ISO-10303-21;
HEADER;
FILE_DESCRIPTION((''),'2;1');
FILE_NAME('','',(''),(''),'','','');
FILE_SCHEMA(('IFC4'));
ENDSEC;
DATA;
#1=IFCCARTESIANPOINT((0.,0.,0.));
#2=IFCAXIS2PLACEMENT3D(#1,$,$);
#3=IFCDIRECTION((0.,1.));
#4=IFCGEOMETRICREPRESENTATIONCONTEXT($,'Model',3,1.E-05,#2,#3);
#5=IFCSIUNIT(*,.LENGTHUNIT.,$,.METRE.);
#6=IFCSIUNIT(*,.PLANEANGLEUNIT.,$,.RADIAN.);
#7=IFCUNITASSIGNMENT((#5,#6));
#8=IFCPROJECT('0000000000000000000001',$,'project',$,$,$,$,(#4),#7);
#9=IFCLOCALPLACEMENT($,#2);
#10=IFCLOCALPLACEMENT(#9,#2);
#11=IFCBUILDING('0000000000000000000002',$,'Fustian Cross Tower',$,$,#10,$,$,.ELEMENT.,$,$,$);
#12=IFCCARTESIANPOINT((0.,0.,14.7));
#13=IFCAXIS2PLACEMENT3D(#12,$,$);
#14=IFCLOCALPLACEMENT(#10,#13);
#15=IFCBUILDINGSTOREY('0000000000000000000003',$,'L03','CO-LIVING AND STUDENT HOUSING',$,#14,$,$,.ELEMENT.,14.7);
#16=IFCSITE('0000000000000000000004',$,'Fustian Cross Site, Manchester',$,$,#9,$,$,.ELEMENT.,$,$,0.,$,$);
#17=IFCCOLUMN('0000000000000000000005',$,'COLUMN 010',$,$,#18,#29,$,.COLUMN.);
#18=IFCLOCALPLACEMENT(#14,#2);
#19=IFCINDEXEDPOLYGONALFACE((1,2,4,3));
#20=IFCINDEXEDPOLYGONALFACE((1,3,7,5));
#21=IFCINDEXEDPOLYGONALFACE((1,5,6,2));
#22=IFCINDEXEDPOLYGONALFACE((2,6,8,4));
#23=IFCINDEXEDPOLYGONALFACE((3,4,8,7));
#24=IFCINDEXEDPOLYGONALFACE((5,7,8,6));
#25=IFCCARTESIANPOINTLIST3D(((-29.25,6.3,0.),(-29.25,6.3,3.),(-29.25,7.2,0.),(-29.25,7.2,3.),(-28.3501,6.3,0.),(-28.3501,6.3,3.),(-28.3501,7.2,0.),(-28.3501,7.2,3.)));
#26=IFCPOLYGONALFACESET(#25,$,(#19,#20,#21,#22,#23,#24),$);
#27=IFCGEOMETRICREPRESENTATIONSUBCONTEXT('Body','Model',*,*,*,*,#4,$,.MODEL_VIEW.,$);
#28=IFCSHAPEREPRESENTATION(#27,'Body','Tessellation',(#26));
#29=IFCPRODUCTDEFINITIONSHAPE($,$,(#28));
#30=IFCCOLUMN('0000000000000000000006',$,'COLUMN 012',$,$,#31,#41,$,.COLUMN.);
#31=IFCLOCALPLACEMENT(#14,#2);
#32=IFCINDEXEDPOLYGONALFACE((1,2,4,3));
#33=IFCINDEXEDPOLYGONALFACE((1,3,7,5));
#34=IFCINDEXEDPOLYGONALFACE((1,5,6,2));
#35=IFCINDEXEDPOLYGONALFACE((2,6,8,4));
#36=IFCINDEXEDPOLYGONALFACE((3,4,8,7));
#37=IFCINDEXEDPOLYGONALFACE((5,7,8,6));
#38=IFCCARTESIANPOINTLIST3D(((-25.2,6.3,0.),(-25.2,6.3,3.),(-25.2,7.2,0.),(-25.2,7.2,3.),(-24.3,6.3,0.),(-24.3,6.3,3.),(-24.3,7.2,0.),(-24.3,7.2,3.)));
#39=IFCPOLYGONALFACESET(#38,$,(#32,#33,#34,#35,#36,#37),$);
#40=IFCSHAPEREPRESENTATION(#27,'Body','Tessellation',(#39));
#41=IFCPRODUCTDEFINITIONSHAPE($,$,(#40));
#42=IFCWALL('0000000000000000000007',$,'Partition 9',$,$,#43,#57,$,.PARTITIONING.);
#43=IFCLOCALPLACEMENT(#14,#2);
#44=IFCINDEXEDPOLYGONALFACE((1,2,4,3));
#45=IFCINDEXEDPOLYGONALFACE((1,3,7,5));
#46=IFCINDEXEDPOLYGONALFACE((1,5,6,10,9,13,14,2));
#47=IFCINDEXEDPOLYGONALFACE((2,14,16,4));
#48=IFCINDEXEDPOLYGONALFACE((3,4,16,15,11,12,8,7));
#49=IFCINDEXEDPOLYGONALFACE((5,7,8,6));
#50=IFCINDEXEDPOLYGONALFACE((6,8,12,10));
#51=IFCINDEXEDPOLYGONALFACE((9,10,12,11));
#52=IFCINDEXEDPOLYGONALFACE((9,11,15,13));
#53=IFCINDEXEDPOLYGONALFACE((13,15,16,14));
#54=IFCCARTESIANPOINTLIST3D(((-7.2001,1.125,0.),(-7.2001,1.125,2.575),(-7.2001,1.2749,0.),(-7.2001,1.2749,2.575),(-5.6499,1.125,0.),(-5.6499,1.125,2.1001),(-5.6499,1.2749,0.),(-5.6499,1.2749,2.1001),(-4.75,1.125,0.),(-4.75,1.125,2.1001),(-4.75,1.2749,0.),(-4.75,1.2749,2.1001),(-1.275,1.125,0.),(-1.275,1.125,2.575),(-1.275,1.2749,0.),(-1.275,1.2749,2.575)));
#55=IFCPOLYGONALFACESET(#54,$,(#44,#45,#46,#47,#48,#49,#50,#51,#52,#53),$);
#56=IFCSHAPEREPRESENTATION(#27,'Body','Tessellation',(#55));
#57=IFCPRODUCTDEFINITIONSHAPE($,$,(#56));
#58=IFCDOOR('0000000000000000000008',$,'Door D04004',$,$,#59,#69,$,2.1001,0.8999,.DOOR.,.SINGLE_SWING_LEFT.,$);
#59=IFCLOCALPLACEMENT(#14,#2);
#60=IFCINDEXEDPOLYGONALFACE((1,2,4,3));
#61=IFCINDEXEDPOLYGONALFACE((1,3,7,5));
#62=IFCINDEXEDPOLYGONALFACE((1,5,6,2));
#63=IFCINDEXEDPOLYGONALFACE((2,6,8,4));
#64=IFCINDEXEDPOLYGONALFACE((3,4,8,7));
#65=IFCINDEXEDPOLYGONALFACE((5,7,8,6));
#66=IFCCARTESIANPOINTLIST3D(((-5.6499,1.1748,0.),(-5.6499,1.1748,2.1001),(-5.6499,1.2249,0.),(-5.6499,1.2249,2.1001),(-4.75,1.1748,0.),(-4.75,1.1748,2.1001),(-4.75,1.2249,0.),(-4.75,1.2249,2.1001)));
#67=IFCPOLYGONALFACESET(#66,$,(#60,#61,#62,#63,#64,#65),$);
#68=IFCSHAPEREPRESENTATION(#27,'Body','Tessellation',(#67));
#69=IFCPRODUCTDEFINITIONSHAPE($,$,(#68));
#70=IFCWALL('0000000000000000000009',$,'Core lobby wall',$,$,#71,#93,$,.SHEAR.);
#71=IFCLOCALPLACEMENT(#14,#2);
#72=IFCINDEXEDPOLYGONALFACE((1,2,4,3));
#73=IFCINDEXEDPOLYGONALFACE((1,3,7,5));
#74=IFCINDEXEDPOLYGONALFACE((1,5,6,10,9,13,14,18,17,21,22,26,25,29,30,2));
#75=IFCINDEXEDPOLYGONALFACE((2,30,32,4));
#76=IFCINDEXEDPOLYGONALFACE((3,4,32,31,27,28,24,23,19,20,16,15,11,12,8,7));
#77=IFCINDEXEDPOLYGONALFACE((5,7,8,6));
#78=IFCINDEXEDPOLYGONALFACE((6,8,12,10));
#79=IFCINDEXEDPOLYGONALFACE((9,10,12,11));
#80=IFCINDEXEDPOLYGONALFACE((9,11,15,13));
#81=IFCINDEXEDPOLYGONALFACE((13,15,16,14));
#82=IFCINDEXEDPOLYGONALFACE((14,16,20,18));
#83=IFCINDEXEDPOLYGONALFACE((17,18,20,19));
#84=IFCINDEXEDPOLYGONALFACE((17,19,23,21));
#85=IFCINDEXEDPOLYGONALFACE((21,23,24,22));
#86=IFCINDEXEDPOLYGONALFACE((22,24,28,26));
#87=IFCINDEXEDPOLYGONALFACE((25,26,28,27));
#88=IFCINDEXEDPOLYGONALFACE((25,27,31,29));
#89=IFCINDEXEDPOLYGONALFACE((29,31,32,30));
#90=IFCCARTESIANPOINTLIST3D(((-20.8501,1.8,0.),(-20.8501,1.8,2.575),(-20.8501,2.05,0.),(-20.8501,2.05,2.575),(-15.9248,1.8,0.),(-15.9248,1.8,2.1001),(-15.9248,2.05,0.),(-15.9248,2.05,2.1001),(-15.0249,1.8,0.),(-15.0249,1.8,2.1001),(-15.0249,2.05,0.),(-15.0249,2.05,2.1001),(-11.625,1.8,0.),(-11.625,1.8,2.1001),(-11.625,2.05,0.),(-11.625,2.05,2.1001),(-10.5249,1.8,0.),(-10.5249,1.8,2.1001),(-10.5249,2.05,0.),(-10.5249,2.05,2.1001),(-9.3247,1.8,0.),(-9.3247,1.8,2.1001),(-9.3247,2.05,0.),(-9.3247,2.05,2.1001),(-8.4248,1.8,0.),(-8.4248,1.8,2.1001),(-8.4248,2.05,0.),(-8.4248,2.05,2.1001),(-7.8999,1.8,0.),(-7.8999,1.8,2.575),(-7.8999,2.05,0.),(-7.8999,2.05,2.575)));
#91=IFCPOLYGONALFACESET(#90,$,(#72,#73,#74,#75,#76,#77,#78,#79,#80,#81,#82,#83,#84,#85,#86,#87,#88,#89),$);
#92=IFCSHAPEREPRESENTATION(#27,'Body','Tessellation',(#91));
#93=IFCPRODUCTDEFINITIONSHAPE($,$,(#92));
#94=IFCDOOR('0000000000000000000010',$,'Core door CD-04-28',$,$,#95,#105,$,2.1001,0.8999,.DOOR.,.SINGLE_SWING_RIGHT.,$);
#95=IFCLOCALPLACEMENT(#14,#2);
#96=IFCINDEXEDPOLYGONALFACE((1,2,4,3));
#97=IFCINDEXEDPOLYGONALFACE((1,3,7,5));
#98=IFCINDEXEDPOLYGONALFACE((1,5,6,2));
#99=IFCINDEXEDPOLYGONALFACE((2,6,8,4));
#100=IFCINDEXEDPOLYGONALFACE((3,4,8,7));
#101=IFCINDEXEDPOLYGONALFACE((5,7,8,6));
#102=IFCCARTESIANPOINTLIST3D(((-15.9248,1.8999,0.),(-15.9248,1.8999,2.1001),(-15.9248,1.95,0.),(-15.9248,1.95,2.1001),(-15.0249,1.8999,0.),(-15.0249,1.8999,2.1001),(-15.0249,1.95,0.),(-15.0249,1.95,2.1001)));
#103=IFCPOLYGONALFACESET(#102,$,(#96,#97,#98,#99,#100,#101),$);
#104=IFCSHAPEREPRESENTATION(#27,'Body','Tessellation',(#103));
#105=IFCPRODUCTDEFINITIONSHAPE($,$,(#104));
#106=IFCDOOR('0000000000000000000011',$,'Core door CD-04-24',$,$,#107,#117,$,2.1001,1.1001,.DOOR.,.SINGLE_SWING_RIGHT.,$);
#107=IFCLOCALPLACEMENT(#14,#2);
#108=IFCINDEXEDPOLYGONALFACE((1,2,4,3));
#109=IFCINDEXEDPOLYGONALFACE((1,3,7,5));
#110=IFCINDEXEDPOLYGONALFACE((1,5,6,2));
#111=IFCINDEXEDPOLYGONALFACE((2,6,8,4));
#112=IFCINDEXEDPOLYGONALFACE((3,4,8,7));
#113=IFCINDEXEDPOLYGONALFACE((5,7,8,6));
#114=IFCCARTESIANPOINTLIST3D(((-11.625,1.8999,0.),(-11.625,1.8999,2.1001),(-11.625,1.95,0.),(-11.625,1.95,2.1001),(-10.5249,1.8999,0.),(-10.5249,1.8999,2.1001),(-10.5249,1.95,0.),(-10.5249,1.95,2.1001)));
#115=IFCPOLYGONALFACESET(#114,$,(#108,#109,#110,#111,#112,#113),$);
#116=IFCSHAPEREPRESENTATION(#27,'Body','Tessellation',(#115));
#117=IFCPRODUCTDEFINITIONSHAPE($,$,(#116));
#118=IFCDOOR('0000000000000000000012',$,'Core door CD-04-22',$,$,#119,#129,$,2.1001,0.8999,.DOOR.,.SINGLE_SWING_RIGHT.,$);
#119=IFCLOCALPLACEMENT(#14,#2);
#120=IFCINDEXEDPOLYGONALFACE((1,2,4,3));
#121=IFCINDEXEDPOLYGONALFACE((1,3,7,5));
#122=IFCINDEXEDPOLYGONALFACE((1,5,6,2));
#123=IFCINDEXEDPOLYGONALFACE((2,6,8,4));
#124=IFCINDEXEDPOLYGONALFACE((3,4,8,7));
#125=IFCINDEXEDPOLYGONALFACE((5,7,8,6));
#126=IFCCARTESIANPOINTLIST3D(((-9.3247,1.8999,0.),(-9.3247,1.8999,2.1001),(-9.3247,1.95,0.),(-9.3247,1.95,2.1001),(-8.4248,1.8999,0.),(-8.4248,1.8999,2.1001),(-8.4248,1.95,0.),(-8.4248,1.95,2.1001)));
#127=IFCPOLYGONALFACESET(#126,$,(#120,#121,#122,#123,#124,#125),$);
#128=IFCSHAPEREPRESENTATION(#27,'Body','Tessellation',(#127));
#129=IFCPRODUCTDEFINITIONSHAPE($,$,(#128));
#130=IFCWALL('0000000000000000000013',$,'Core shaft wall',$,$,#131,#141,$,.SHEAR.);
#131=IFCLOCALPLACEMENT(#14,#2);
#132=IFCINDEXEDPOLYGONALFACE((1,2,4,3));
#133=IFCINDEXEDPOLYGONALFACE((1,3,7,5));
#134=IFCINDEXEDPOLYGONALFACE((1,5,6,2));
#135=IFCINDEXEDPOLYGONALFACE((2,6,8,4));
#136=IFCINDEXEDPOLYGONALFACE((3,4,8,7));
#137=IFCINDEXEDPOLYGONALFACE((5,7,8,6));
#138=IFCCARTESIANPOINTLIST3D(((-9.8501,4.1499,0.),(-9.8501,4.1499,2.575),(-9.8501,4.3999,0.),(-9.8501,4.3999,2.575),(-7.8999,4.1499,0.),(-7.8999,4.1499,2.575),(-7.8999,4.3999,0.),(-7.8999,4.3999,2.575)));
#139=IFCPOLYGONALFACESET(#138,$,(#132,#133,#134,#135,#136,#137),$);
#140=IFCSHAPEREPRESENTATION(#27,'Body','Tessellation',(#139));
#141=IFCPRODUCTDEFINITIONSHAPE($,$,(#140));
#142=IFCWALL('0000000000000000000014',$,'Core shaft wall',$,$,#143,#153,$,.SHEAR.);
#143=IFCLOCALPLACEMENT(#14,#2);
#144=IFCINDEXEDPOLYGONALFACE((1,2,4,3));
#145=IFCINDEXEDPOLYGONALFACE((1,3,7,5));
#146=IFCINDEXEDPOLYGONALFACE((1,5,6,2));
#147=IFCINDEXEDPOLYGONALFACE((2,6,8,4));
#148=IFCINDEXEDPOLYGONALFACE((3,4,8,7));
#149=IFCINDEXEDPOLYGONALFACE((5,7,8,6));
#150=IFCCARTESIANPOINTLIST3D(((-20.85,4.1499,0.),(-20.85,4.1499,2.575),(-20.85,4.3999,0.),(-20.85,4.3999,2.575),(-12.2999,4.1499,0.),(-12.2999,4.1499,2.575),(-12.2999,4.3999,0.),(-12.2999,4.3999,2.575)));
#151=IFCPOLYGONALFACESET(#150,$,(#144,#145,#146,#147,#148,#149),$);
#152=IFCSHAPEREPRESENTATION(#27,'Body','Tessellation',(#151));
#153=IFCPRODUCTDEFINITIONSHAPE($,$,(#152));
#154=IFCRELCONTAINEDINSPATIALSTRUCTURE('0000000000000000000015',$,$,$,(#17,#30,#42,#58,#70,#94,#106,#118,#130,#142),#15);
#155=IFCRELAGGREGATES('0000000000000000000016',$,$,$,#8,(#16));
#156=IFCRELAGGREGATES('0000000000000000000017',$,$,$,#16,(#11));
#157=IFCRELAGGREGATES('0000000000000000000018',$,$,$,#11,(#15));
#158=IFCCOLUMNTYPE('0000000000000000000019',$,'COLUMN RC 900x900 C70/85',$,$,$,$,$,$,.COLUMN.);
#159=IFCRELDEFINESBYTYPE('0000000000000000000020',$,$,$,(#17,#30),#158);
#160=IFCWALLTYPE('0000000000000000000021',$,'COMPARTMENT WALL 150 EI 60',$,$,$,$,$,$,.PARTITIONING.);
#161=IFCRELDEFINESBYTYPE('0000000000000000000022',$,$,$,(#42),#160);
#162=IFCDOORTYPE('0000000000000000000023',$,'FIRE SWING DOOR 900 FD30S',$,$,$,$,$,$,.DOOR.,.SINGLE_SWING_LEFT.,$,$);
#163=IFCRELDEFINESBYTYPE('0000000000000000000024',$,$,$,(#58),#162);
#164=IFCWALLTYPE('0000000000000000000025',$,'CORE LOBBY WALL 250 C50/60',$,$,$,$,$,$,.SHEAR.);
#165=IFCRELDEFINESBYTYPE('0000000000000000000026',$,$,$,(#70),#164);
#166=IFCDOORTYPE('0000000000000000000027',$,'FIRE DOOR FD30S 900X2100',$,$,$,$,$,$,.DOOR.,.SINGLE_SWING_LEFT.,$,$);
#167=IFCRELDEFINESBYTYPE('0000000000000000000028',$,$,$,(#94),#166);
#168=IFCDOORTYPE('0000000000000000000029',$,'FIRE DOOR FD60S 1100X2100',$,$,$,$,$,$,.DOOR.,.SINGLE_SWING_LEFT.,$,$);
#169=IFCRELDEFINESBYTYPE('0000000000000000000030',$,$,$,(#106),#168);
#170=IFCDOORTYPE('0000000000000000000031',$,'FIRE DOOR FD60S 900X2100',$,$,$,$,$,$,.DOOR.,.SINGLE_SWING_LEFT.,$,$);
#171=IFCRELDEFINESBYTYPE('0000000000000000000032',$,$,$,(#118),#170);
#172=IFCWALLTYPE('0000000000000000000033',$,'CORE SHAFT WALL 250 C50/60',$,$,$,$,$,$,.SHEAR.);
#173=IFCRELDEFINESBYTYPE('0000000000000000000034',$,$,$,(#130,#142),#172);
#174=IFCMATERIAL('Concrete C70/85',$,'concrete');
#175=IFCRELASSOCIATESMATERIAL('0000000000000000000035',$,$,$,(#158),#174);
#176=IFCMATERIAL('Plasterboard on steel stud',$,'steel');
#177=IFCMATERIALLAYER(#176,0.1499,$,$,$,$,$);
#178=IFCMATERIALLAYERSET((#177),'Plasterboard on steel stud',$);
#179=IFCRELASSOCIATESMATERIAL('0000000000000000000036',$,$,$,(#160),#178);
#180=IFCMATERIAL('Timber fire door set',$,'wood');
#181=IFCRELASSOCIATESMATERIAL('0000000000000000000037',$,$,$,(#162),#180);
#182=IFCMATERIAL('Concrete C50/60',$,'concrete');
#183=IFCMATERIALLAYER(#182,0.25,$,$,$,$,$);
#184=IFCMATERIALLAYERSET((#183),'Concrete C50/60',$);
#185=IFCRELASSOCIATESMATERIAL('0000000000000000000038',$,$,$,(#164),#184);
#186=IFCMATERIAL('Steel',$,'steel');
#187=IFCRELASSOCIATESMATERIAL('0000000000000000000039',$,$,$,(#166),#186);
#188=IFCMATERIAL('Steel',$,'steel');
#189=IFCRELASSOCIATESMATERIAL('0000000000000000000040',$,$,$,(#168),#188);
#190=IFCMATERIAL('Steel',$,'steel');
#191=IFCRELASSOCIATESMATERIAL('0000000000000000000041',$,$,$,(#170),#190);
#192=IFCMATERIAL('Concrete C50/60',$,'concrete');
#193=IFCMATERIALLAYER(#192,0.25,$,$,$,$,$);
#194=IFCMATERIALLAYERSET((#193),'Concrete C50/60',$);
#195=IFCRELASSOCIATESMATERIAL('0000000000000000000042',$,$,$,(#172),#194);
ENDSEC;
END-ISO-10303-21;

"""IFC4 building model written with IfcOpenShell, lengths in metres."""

from ifc_helpers import new_model, si_unit, direction, frame, frame_2d, origin, origin_2d, place, context, subcontext, project, spatial, rectangle, extrude, material, layer, layer_set, material_profile, profile_set, type_object, element, fill, save


model = new_model("IFC4")

# Units and contexts
model_context = context("Model", 3, precision=1e-05, world=origin(), true_north=direction((0.0, 1.0)))
body_context = subcontext(model_context, "Body", "Model", "MODEL_VIEW")
ifc_project = project(units=[si_unit("LENGTHUNIT", "METRE"), si_unit("PLANEANGLEUNIT", "RADIAN")], contexts=[model_context])

# Site, building, storey
site_placement = place(None, origin())
site = spatial("IfcSite", under=ifc_project, at=site_placement, Name="Fustian Cross Site, Manchester", CompositionType="ELEMENT", RefElevation=0.0)
building_placement = place(site_placement, origin())
building = spatial("IfcBuilding", under=site, at=building_placement, Name="Fustian Cross Tower", CompositionType="ELEMENT")
storey_placement = place(building_placement, frame((0.0, 0.0, 14.7)))
storey = spatial("IfcBuildingStorey", under=building, at=storey_placement, Name="L03", Description="CO-LIVING AND STUDENT HOUSING", CompositionType="ELEMENT", Elevation=14.7)

# Columns
ifc_material_1 = material(Name="Concrete C70/85", Category="concrete")
ifc_material_profile = material_profile(ifc_material_1, rectangle(XDim=0.8999, YDim=0.8999, at=origin_2d()), Name="RC 900x900")
ifc_profile_set = profile_set([ifc_material_profile], Name="Concrete C70/85")
column_type = type_object("IfcColumnType", Name="COLUMN RC 900x900 C70/85", PredefinedType="COLUMN", material=ifc_profile_set)
for number, where, z_axis, x_axis, name in (
    (1, (-28.8, 6.75, 0.0), (0.0, 0.0, 1.0), (1.0, 0.0, 0.0), "COLUMN 010"),
    (2, (-24.75, 6.75, 0.0), (0.0, 0.0, 1.0), (1.0, 0.0, 0.0), "COLUMN 012"),
):
    element("IfcColumn", number, at=place(storey_placement, frame(where, z_axis=z_axis, x_axis=x_axis)), inside=storey, type_object=column_type, Name=name, PredefinedType="COLUMN", context=body_context, shape_type="SweptSolid", body=[
        extrude(rectangle(XDim=0.8999, YDim=0.8999, at=origin_2d()), origin(), (0.0, 0.0, 1.0), 3.0),
    ])

# Wall, opening, door
ifc_material_2 = material(Name="Plasterboard on steel stud", Category="steel")
ifc_layer_1 = layer(ifc_material_2, 0.1499)
ifc_layer_set_1 = layer_set([ifc_layer_1], Name="Plasterboard on steel stud")
wall_type_1 = type_object("IfcWallType", Name="COMPARTMENT WALL 150 EI 60", PredefinedType="PARTITIONING", material=ifc_layer_set_1)
wall_1_placement = place(storey_placement, frame((-7.2, 1.2, 0.0), z_axis=(0.0, 0.0, 1.0), x_axis=(1.0, 0.0, 0.0)))
wall_1 = element("IfcWall", 3, at=wall_1_placement, inside=storey, type_object=wall_type_1, Name="Partition 9", PredefinedType="PARTITIONING", context=body_context, shape_type="SweptSolid", body=[
    extrude(rectangle(XDim=5.925, YDim=0.1499, at=frame_2d((2.9624, 0.0))), origin(), (0.0, 0.0, 1.0), 2.575),
])
opening_1_placement = place(wall_1_placement, frame((1.55, 0.0, 0.0)))
opening_1 = element("IfcOpeningElement", 4, at=opening_1_placement, cuts=wall_1, PredefinedType="OPENING", context=body_context, shape_type="SweptSolid", body=[
    extrude(rectangle(XDim=0.8999, YDim=2.1001, at=frame_2d((0.45, 1.05))), frame((0.0, 0.085, 0.0), z_axis=(0.0, -1.0, 0.0), x_axis=(1.0, 0.0, 0.0)), (0.0, 0.0, 1.0), 0.1699),
])
ifc_material_3 = material(Name="Timber fire door set", Category="wood")
door_type_1 = type_object("IfcDoorType", Name="FIRE SWING DOOR 900 FD30S", OperationType="SINGLE_SWING_LEFT", PredefinedType="DOOR", material=ifc_material_3)
door_1_placement = place(opening_1_placement, origin())
door_1 = element("IfcDoor", 5, at=door_1_placement, inside=storey, type_object=door_type_1, Name="Door D04004", OperationType="SINGLE_SWING_LEFT", OverallHeight=2.1001, OverallWidth=0.8999, PredefinedType="DOOR", context=body_context, shape_type="SweptSolid", body=[
    extrude(rectangle(XDim=0.8999, YDim=2.1001, at=frame_2d((0.45, 1.05))), frame((0.0, 0.0249, 0.0), z_axis=(0.0, -1.0, 0.0), x_axis=(1.0, 0.0, 0.0)), (0.0, 0.0, 1.0), 0.05),
])
fill(opening_1, door_1)

# Wall, openings, doors
ifc_material_4 = material(Name="Concrete C50/60", Category="concrete")
ifc_layer_2 = layer(ifc_material_4, 0.25)
ifc_layer_set_2 = layer_set([ifc_layer_2], Name="Concrete C50/60")
wall_type_2 = type_object("IfcWallType", Name="CORE LOBBY WALL 250 C50/60", PredefinedType="SHEAR", material=ifc_layer_set_2)
wall_2_placement = place(storey_placement, frame((-7.8999, 1.925, 0.0), z_axis=(0.0, 0.0, 1.0), x_axis=(-1.0, 0.0, 0.0)))
wall_2 = element("IfcWall", 6, at=wall_2_placement, inside=storey, type_object=wall_type_2, Name="Core lobby wall", PredefinedType="SHEAR", context=body_context, shape_type="SweptSolid", body=[
    extrude(rectangle(XDim=12.9502, YDim=0.25, at=frame_2d((6.4751, 0.0))), origin(), (0.0, 0.0, 1.0), 2.575),
])
opening_2_placement = place(wall_2_placement, frame((0.5249, 0.0, 0.0)))
opening_2 = element("IfcOpeningElement", 7, at=opening_2_placement, cuts=wall_2, PredefinedType="OPENING", context=body_context, shape_type="SweptSolid", body=[
    extrude(rectangle(XDim=0.8999, YDim=2.1001, at=frame_2d((0.45, 1.05))), frame((0.0, 0.135, 0.0), z_axis=(0.0, -1.0, 0.0), x_axis=(1.0, 0.0, 0.0)), (0.0, 0.0, 1.0), 0.27),
])
opening_3_placement = place(wall_2_placement, frame((2.625, 0.0, 0.0)))
opening_3 = element("IfcOpeningElement", 8, at=opening_3_placement, cuts=wall_2, PredefinedType="OPENING", context=body_context, shape_type="SweptSolid", body=[
    extrude(rectangle(XDim=1.1001, YDim=2.1001, at=frame_2d((0.55, 1.05))), frame((0.0, 0.135, 0.0), z_axis=(0.0, -1.0, 0.0), x_axis=(1.0, 0.0, 0.0)), (0.0, 0.0, 1.0), 0.27),
])
opening_4_placement = place(wall_2_placement, frame((7.125, 0.0, 0.0)))
opening_4 = element("IfcOpeningElement", 9, at=opening_4_placement, cuts=wall_2, PredefinedType="OPENING", context=body_context, shape_type="SweptSolid", body=[
    extrude(rectangle(XDim=0.8999, YDim=2.1001, at=frame_2d((0.45, 1.05))), frame((0.0, 0.135, 0.0), z_axis=(0.0, -1.0, 0.0), x_axis=(1.0, 0.0, 0.0)), (0.0, 0.0, 1.0), 0.27),
])
ifc_material_5 = material(Name="Steel", Category="steel")
door_type_2 = type_object("IfcDoorType", Name="FIRE DOOR FD30S 900X2100", OperationType="SINGLE_SWING_LEFT", PredefinedType="DOOR", material=ifc_material_5)
door_2_placement = place(opening_4_placement, frame((0.8999, 0.0, 0.0), z_axis=(0.0, 0.0, 1.0), x_axis=(-1.0, 0.0, 0.0)))
door_2 = element("IfcDoor", 10, at=door_2_placement, inside=storey, type_object=door_type_2, Name="Core door CD-04-28", OperationType="SINGLE_SWING_RIGHT", OverallHeight=2.1001, OverallWidth=0.8999, PredefinedType="DOOR", context=body_context, shape_type="SweptSolid", body=[
    extrude(rectangle(XDim=0.8999, YDim=2.1001, at=frame_2d((0.45, 1.05))), frame((0.0, 0.0249, 0.0), z_axis=(0.0, -1.0, 0.0), x_axis=(1.0, 0.0, 0.0)), (0.0, 0.0, 1.0), 0.05),
])
fill(opening_4, door_2)
ifc_material_6 = material(Name="Steel", Category="steel")
door_type_3 = type_object("IfcDoorType", Name="FIRE DOOR FD60S 1100X2100", OperationType="SINGLE_SWING_LEFT", PredefinedType="DOOR", material=ifc_material_6)
door_3_placement = place(opening_3_placement, frame((1.1001, 0.0, 0.0), z_axis=(0.0, 0.0, 1.0), x_axis=(-1.0, 0.0, 0.0)))
door_3 = element("IfcDoor", 11, at=door_3_placement, inside=storey, type_object=door_type_3, Name="Core door CD-04-24", OperationType="SINGLE_SWING_RIGHT", OverallHeight=2.1001, OverallWidth=1.1001, PredefinedType="DOOR", context=body_context, shape_type="SweptSolid", body=[
    extrude(rectangle(XDim=1.1001, YDim=2.1001, at=frame_2d((0.55, 1.05))), frame((0.0, 0.0249, 0.0), z_axis=(0.0, -1.0, 0.0), x_axis=(1.0, 0.0, 0.0)), (0.0, 0.0, 1.0), 0.05),
])
fill(opening_3, door_3)
ifc_material_7 = material(Name="Steel", Category="steel")
door_type_4 = type_object("IfcDoorType", Name="FIRE DOOR FD60S 900X2100", OperationType="SINGLE_SWING_LEFT", PredefinedType="DOOR", material=ifc_material_7)
door_4_placement = place(opening_2_placement, frame((0.8999, 0.0, 0.0), z_axis=(0.0, 0.0, 1.0), x_axis=(-1.0, 0.0, 0.0)))
door_4 = element("IfcDoor", 12, at=door_4_placement, inside=storey, type_object=door_type_4, Name="Core door CD-04-22", OperationType="SINGLE_SWING_RIGHT", OverallHeight=2.1001, OverallWidth=0.8999, PredefinedType="DOOR", context=body_context, shape_type="SweptSolid", body=[
    extrude(rectangle(XDim=0.8999, YDim=2.1001, at=frame_2d((0.45, 1.05))), frame((0.0, 0.0249, 0.0), z_axis=(0.0, -1.0, 0.0), x_axis=(1.0, 0.0, 0.0)), (0.0, 0.0, 1.0), 0.05),
])
fill(opening_2, door_4)

# Walls
ifc_material_8 = material(Name="Concrete C50/60", Category="concrete")
ifc_layer_3 = layer(ifc_material_8, 0.25)
ifc_layer_set_3 = layer_set([ifc_layer_3], Name="Concrete C50/60")
wall_type_3 = type_object("IfcWallType", Name="CORE SHAFT WALL 250 C50/60", PredefinedType="SHEAR", material=ifc_layer_set_3)
wall_3_placement = place(storey_placement, frame((-7.8999, 4.2749, 0.0), z_axis=(0.0, 0.0, 1.0), x_axis=(-1.0, 0.0, 0.0)))
element("IfcWall", 13, at=wall_3_placement, inside=storey, type_object=wall_type_3, Name="Core shaft wall", PredefinedType="SHEAR", context=body_context, shape_type="SweptSolid", body=[
    extrude(rectangle(XDim=1.9502, YDim=0.25, at=frame_2d((0.9751, 0.0))), origin(), (0.0, 0.0, 1.0), 2.575),
])
wall_4_placement = place(storey_placement, frame((-12.3, 4.2749, 0.0), z_axis=(0.0, 0.0, 1.0), x_axis=(-1.0, 0.0, 0.0)))
element("IfcWall", 14, at=wall_4_placement, inside=storey, type_object=wall_type_3, Name="Core shaft wall", PredefinedType="SHEAR", context=body_context, shape_type="SweptSolid", body=[
    extrude(rectangle(XDim=8.55, YDim=0.25, at=frame_2d((4.2749, 0.0))), origin(), (0.0, 0.0, 1.0), 2.575),
])

save(model, "model.ifc")
